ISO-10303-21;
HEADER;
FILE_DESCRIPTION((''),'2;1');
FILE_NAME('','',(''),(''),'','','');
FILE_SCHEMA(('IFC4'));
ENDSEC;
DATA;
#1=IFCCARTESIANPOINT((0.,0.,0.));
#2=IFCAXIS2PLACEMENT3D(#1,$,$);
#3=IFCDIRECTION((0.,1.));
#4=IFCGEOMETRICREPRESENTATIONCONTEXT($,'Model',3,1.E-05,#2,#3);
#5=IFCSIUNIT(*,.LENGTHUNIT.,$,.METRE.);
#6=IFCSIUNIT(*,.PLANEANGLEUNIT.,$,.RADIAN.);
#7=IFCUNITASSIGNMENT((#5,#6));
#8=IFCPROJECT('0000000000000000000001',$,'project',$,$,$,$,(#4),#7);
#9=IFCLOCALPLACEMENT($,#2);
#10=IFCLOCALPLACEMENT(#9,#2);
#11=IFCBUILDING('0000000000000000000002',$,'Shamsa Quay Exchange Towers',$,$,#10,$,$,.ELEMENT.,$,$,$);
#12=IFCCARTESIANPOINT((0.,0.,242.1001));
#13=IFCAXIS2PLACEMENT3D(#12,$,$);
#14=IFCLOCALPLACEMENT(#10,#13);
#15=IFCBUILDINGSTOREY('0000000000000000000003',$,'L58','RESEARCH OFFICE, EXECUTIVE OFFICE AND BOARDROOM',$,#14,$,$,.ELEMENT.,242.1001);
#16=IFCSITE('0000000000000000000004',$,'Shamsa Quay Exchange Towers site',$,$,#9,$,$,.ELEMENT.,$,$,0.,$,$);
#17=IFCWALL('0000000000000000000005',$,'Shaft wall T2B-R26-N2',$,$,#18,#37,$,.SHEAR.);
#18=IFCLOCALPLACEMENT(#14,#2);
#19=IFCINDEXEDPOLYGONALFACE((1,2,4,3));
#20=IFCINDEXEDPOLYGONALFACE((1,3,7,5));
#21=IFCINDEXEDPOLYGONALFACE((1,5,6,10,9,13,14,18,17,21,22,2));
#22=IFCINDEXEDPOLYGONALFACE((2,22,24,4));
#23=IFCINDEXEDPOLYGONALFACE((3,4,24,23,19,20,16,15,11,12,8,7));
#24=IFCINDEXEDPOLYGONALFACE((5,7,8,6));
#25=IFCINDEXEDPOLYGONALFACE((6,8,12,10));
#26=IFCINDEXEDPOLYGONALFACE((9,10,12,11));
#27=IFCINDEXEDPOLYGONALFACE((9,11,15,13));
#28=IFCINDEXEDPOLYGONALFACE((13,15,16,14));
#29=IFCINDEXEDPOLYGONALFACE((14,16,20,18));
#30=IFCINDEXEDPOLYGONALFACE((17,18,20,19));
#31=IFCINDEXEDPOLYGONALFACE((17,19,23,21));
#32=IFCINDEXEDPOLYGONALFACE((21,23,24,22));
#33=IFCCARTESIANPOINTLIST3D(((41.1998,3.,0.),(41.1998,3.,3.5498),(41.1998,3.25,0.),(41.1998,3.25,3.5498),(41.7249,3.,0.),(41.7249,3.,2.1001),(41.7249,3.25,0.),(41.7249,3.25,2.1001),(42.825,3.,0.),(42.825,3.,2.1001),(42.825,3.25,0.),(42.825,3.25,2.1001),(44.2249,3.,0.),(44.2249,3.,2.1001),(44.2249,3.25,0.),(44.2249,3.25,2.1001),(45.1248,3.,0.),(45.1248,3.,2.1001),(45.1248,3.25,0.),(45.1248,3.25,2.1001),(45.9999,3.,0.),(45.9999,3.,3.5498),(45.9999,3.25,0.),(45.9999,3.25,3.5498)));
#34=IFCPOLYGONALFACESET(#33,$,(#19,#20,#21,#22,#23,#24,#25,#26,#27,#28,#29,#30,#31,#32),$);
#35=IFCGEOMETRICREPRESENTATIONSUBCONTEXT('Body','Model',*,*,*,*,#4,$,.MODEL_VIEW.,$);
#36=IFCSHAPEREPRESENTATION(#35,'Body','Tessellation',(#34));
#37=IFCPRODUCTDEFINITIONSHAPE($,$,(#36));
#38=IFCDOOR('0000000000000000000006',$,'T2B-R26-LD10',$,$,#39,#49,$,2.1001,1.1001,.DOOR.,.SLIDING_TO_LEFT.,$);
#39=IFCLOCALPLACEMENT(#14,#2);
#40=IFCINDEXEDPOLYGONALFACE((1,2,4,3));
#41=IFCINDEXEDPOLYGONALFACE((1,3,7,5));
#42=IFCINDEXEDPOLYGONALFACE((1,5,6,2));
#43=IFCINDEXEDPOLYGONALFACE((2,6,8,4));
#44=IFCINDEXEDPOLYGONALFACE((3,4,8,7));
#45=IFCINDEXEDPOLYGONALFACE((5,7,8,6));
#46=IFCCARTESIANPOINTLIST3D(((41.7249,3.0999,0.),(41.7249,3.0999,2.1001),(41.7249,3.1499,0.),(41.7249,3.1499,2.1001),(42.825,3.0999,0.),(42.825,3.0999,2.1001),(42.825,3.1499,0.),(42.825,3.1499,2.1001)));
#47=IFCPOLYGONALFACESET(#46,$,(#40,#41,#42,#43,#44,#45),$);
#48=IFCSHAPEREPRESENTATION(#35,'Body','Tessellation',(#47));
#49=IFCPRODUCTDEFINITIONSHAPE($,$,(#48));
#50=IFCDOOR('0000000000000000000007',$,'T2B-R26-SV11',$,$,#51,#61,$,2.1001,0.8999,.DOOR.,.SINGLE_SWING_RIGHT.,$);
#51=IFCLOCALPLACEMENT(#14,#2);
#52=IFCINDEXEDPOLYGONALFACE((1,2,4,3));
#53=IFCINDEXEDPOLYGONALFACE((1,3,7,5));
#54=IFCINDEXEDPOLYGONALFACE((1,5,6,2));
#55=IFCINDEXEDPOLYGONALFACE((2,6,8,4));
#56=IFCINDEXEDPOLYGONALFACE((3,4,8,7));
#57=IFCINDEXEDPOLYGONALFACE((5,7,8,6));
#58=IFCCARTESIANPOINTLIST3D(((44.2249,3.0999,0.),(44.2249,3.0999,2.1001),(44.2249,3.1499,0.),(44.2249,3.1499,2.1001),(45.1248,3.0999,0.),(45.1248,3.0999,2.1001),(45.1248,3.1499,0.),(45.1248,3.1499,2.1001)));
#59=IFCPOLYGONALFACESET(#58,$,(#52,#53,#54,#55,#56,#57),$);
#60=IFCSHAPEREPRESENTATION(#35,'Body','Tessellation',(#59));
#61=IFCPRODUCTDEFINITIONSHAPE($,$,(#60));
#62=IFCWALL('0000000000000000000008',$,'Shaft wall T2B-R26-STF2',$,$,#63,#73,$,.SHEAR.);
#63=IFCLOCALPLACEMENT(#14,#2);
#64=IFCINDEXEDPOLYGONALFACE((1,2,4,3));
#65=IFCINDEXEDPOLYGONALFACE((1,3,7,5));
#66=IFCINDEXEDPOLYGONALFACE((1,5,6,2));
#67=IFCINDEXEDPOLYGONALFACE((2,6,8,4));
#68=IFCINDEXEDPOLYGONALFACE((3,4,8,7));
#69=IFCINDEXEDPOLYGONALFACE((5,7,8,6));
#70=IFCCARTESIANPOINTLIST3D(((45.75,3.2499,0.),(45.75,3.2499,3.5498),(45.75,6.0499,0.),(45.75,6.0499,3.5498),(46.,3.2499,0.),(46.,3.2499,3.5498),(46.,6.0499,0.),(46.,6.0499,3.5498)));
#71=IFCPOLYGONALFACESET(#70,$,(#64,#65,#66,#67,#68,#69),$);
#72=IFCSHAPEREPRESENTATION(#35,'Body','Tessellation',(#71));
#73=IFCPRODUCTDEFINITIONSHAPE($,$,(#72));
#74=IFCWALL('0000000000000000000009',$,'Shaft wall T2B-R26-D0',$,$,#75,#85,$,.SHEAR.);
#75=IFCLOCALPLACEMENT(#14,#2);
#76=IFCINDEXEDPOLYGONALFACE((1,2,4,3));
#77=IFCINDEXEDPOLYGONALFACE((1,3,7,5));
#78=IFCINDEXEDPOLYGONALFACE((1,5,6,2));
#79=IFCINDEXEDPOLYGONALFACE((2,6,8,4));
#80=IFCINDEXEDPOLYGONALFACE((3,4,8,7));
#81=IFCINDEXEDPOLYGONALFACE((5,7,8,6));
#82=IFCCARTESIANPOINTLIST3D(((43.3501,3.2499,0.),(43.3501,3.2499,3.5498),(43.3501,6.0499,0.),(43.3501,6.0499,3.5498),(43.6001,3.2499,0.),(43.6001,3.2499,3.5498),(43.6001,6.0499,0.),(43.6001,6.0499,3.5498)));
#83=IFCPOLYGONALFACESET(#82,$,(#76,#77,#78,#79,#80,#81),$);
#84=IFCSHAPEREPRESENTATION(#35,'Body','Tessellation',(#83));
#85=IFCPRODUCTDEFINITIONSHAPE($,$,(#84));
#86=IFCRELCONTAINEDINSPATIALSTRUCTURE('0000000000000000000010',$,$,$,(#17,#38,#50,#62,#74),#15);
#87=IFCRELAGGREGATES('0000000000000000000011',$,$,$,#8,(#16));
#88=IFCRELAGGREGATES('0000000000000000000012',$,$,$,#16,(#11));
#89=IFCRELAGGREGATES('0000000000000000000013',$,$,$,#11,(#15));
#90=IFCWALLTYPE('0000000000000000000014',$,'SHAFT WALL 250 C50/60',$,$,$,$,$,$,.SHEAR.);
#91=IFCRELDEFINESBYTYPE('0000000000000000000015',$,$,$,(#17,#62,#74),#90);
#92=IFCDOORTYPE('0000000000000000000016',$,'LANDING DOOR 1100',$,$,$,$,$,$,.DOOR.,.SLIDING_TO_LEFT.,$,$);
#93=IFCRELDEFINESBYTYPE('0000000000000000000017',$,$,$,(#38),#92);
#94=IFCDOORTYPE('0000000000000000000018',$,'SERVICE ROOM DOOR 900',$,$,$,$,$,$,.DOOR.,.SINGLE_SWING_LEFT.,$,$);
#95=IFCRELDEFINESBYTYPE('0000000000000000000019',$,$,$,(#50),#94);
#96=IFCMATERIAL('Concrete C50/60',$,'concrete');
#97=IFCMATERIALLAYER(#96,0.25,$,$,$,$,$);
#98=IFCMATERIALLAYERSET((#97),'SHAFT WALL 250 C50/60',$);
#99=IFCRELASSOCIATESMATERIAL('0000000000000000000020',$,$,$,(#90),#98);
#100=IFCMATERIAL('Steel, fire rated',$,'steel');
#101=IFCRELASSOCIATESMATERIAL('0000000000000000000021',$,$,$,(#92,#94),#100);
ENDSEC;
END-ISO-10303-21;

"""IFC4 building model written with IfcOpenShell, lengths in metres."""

from ifc_helpers import new_model, si_unit, direction, frame, frame_2d, origin, place, context, subcontext, project, spatial, rectangle, extrude, material, layer, layer_set, type_object, element, fill, save


model = new_model("IFC4")

# Units and contexts
model_context = context("Model", 3, precision=1e-05, world=origin(), true_north=direction((0.0, 1.0)))
body_context = subcontext(model_context, "Body", "Model", "MODEL_VIEW")
ifc_project = project(units=[si_unit("LENGTHUNIT", "METRE"), si_unit("PLANEANGLEUNIT", "RADIAN")], contexts=[model_context])

# Site, building, storey
site_placement = place(None, origin())
site = spatial("IfcSite", under=ifc_project, at=site_placement, Name="Shamsa Quay Exchange Towers site", CompositionType="ELEMENT", RefElevation=0.0)
building_placement = place(site_placement, origin())
building = spatial("IfcBuilding", under=site, at=building_placement, Name="Shamsa Quay Exchange Towers", CompositionType="ELEMENT")
storey_placement = place(building_placement, frame((0.0, 0.0, 242.1001)))
storey = spatial("IfcBuildingStorey", under=building, at=storey_placement, Name="L58", Description="RESEARCH OFFICE, EXECUTIVE OFFICE AND BOARDROOM", CompositionType="ELEMENT", Elevation=242.1001)

# Wall, openings, doors
ifc_material_1 = material(Name="Concrete C50/60", Category="concrete")
ifc_layer_1 = layer(ifc_material_1, 0.25)
ifc_layer_set_1 = layer_set([ifc_layer_1], Name="SHAFT WALL 250 C50/60")
wall_type_1 = type_object("IfcWallType", Name="SHAFT WALL 250 C50/60", PredefinedType="SHEAR", material=ifc_layer_set_1)
wall_1_placement = place(storey_placement, frame((41.2, 3.125, 0.0)))
wall_1 = element("IfcWall", 1, at=wall_1_placement, inside=storey, type_object=wall_type_1, Name="Shaft wall T2B-R26-N2", PredefinedType="SHEAR", context=body_context, shape_type="SweptSolid", body=[
    extrude(rectangle(XDim=4.8, YDim=0.25, at=frame_2d((2.3999, 0.0))), origin(), (0.0, 0.0, 1.0), 3.5498),
])
opening_1_placement = place(wall_1_placement, frame((0.5249, 0.0, 0.0)))
opening_1 = element("IfcOpeningElement", 2, at=opening_1_placement, cuts=wall_1, PredefinedType="OPENING", context=body_context, shape_type="SweptSolid", body=[
    extrude(rectangle(XDim=1.1001, YDim=2.1001, at=frame_2d((0.55, 1.05))), frame((0.0, 0.135, 0.0), z_axis=(0.0, -1.0, 0.0), x_axis=(1.0, 0.0, 0.0)), (0.0, 0.0, 1.0), 0.27),
])
opening_2_placement = place(wall_1_placement, frame((3.0249, 0.0, 0.0)))
opening_2 = element("IfcOpeningElement", 3, at=opening_2_placement, cuts=wall_1, PredefinedType="OPENING", context=body_context, shape_type="SweptSolid", body=[
    extrude(rectangle(XDim=0.8999, YDim=2.1001, at=frame_2d((0.45, 1.05))), frame((0.0, 0.135, 0.0), z_axis=(0.0, -1.0, 0.0), x_axis=(1.0, 0.0, 0.0)), (0.0, 0.0, 1.0), 0.27),
])
ifc_material_2 = material(Name="Steel, fire rated", Category="steel")
door_type_1 = type_object("IfcDoorType", Name="LANDING DOOR 1100", OperationType="SLIDING_TO_LEFT", PredefinedType="DOOR", material=ifc_material_2)
door_1_placement = place(opening_1_placement, origin())
door_1 = element("IfcDoor", 4, at=door_1_placement, inside=storey, type_object=door_type_1, Name="T2B-R26-LD10", OperationType="SLIDING_TO_LEFT", OverallHeight=2.1001, OverallWidth=1.1001, PredefinedType="DOOR", context=body_context, shape_type="SweptSolid", body=[
    extrude(rectangle(XDim=1.1001, YDim=2.1001, at=frame_2d((0.55, 1.05))), frame((0.0, 0.0249, 0.0), z_axis=(0.0, -1.0, 0.0), x_axis=(1.0, 0.0, 0.0)), (0.0, 0.0, 1.0), 0.05),
])
fill(opening_1, door_1)
door_type_2 = type_object("IfcDoorType", Name="SERVICE ROOM DOOR 900", OperationType="SINGLE_SWING_LEFT", PredefinedType="DOOR", material=ifc_material_2)
door_2_placement = place(opening_2_placement, origin())
door_2 = element("IfcDoor", 5, at=door_2_placement, inside=storey, type_object=door_type_2, Name="T2B-R26-SV11", OperationType="SINGLE_SWING_RIGHT", OverallHeight=2.1001, OverallWidth=0.8999, PredefinedType="DOOR", context=body_context, shape_type="SweptSolid", body=[
    extrude(rectangle(XDim=0.8999, YDim=2.1001, at=frame_2d((0.45, 1.05))), frame((0.0, 0.0249, 0.0), z_axis=(0.0, -1.0, 0.0), x_axis=(1.0, 0.0, 0.0)), (0.0, 0.0, 1.0), 0.05),
])
fill(opening_2, door_2)

# Walls
for number, where, z_axis, x_axis, name in (
    (6, (45.875, 3.25, 0.0), (0.0, 0.0, 1.0), (0.0, 1.0, 0.0), "Shaft wall T2B-R26-STF2"),
    (7, (43.4751, 3.25, 0.0), (0.0, 0.0, 1.0), (0.0, 1.0, 0.0), "Shaft wall T2B-R26-D0"),
):
    element("IfcWall", number, at=place(storey_placement, frame(where, z_axis=z_axis, x_axis=x_axis)), inside=storey, type_object=wall_type_1, Name=name, PredefinedType="SHEAR", context=body_context, shape_type="SweptSolid", body=[
        extrude(rectangle(XDim=2.8, YDim=0.25, at=frame_2d((1.3999, 0.0))), origin(), (0.0, 0.0, 1.0), 3.5498),
    ])

save(model, "model.ifc")
